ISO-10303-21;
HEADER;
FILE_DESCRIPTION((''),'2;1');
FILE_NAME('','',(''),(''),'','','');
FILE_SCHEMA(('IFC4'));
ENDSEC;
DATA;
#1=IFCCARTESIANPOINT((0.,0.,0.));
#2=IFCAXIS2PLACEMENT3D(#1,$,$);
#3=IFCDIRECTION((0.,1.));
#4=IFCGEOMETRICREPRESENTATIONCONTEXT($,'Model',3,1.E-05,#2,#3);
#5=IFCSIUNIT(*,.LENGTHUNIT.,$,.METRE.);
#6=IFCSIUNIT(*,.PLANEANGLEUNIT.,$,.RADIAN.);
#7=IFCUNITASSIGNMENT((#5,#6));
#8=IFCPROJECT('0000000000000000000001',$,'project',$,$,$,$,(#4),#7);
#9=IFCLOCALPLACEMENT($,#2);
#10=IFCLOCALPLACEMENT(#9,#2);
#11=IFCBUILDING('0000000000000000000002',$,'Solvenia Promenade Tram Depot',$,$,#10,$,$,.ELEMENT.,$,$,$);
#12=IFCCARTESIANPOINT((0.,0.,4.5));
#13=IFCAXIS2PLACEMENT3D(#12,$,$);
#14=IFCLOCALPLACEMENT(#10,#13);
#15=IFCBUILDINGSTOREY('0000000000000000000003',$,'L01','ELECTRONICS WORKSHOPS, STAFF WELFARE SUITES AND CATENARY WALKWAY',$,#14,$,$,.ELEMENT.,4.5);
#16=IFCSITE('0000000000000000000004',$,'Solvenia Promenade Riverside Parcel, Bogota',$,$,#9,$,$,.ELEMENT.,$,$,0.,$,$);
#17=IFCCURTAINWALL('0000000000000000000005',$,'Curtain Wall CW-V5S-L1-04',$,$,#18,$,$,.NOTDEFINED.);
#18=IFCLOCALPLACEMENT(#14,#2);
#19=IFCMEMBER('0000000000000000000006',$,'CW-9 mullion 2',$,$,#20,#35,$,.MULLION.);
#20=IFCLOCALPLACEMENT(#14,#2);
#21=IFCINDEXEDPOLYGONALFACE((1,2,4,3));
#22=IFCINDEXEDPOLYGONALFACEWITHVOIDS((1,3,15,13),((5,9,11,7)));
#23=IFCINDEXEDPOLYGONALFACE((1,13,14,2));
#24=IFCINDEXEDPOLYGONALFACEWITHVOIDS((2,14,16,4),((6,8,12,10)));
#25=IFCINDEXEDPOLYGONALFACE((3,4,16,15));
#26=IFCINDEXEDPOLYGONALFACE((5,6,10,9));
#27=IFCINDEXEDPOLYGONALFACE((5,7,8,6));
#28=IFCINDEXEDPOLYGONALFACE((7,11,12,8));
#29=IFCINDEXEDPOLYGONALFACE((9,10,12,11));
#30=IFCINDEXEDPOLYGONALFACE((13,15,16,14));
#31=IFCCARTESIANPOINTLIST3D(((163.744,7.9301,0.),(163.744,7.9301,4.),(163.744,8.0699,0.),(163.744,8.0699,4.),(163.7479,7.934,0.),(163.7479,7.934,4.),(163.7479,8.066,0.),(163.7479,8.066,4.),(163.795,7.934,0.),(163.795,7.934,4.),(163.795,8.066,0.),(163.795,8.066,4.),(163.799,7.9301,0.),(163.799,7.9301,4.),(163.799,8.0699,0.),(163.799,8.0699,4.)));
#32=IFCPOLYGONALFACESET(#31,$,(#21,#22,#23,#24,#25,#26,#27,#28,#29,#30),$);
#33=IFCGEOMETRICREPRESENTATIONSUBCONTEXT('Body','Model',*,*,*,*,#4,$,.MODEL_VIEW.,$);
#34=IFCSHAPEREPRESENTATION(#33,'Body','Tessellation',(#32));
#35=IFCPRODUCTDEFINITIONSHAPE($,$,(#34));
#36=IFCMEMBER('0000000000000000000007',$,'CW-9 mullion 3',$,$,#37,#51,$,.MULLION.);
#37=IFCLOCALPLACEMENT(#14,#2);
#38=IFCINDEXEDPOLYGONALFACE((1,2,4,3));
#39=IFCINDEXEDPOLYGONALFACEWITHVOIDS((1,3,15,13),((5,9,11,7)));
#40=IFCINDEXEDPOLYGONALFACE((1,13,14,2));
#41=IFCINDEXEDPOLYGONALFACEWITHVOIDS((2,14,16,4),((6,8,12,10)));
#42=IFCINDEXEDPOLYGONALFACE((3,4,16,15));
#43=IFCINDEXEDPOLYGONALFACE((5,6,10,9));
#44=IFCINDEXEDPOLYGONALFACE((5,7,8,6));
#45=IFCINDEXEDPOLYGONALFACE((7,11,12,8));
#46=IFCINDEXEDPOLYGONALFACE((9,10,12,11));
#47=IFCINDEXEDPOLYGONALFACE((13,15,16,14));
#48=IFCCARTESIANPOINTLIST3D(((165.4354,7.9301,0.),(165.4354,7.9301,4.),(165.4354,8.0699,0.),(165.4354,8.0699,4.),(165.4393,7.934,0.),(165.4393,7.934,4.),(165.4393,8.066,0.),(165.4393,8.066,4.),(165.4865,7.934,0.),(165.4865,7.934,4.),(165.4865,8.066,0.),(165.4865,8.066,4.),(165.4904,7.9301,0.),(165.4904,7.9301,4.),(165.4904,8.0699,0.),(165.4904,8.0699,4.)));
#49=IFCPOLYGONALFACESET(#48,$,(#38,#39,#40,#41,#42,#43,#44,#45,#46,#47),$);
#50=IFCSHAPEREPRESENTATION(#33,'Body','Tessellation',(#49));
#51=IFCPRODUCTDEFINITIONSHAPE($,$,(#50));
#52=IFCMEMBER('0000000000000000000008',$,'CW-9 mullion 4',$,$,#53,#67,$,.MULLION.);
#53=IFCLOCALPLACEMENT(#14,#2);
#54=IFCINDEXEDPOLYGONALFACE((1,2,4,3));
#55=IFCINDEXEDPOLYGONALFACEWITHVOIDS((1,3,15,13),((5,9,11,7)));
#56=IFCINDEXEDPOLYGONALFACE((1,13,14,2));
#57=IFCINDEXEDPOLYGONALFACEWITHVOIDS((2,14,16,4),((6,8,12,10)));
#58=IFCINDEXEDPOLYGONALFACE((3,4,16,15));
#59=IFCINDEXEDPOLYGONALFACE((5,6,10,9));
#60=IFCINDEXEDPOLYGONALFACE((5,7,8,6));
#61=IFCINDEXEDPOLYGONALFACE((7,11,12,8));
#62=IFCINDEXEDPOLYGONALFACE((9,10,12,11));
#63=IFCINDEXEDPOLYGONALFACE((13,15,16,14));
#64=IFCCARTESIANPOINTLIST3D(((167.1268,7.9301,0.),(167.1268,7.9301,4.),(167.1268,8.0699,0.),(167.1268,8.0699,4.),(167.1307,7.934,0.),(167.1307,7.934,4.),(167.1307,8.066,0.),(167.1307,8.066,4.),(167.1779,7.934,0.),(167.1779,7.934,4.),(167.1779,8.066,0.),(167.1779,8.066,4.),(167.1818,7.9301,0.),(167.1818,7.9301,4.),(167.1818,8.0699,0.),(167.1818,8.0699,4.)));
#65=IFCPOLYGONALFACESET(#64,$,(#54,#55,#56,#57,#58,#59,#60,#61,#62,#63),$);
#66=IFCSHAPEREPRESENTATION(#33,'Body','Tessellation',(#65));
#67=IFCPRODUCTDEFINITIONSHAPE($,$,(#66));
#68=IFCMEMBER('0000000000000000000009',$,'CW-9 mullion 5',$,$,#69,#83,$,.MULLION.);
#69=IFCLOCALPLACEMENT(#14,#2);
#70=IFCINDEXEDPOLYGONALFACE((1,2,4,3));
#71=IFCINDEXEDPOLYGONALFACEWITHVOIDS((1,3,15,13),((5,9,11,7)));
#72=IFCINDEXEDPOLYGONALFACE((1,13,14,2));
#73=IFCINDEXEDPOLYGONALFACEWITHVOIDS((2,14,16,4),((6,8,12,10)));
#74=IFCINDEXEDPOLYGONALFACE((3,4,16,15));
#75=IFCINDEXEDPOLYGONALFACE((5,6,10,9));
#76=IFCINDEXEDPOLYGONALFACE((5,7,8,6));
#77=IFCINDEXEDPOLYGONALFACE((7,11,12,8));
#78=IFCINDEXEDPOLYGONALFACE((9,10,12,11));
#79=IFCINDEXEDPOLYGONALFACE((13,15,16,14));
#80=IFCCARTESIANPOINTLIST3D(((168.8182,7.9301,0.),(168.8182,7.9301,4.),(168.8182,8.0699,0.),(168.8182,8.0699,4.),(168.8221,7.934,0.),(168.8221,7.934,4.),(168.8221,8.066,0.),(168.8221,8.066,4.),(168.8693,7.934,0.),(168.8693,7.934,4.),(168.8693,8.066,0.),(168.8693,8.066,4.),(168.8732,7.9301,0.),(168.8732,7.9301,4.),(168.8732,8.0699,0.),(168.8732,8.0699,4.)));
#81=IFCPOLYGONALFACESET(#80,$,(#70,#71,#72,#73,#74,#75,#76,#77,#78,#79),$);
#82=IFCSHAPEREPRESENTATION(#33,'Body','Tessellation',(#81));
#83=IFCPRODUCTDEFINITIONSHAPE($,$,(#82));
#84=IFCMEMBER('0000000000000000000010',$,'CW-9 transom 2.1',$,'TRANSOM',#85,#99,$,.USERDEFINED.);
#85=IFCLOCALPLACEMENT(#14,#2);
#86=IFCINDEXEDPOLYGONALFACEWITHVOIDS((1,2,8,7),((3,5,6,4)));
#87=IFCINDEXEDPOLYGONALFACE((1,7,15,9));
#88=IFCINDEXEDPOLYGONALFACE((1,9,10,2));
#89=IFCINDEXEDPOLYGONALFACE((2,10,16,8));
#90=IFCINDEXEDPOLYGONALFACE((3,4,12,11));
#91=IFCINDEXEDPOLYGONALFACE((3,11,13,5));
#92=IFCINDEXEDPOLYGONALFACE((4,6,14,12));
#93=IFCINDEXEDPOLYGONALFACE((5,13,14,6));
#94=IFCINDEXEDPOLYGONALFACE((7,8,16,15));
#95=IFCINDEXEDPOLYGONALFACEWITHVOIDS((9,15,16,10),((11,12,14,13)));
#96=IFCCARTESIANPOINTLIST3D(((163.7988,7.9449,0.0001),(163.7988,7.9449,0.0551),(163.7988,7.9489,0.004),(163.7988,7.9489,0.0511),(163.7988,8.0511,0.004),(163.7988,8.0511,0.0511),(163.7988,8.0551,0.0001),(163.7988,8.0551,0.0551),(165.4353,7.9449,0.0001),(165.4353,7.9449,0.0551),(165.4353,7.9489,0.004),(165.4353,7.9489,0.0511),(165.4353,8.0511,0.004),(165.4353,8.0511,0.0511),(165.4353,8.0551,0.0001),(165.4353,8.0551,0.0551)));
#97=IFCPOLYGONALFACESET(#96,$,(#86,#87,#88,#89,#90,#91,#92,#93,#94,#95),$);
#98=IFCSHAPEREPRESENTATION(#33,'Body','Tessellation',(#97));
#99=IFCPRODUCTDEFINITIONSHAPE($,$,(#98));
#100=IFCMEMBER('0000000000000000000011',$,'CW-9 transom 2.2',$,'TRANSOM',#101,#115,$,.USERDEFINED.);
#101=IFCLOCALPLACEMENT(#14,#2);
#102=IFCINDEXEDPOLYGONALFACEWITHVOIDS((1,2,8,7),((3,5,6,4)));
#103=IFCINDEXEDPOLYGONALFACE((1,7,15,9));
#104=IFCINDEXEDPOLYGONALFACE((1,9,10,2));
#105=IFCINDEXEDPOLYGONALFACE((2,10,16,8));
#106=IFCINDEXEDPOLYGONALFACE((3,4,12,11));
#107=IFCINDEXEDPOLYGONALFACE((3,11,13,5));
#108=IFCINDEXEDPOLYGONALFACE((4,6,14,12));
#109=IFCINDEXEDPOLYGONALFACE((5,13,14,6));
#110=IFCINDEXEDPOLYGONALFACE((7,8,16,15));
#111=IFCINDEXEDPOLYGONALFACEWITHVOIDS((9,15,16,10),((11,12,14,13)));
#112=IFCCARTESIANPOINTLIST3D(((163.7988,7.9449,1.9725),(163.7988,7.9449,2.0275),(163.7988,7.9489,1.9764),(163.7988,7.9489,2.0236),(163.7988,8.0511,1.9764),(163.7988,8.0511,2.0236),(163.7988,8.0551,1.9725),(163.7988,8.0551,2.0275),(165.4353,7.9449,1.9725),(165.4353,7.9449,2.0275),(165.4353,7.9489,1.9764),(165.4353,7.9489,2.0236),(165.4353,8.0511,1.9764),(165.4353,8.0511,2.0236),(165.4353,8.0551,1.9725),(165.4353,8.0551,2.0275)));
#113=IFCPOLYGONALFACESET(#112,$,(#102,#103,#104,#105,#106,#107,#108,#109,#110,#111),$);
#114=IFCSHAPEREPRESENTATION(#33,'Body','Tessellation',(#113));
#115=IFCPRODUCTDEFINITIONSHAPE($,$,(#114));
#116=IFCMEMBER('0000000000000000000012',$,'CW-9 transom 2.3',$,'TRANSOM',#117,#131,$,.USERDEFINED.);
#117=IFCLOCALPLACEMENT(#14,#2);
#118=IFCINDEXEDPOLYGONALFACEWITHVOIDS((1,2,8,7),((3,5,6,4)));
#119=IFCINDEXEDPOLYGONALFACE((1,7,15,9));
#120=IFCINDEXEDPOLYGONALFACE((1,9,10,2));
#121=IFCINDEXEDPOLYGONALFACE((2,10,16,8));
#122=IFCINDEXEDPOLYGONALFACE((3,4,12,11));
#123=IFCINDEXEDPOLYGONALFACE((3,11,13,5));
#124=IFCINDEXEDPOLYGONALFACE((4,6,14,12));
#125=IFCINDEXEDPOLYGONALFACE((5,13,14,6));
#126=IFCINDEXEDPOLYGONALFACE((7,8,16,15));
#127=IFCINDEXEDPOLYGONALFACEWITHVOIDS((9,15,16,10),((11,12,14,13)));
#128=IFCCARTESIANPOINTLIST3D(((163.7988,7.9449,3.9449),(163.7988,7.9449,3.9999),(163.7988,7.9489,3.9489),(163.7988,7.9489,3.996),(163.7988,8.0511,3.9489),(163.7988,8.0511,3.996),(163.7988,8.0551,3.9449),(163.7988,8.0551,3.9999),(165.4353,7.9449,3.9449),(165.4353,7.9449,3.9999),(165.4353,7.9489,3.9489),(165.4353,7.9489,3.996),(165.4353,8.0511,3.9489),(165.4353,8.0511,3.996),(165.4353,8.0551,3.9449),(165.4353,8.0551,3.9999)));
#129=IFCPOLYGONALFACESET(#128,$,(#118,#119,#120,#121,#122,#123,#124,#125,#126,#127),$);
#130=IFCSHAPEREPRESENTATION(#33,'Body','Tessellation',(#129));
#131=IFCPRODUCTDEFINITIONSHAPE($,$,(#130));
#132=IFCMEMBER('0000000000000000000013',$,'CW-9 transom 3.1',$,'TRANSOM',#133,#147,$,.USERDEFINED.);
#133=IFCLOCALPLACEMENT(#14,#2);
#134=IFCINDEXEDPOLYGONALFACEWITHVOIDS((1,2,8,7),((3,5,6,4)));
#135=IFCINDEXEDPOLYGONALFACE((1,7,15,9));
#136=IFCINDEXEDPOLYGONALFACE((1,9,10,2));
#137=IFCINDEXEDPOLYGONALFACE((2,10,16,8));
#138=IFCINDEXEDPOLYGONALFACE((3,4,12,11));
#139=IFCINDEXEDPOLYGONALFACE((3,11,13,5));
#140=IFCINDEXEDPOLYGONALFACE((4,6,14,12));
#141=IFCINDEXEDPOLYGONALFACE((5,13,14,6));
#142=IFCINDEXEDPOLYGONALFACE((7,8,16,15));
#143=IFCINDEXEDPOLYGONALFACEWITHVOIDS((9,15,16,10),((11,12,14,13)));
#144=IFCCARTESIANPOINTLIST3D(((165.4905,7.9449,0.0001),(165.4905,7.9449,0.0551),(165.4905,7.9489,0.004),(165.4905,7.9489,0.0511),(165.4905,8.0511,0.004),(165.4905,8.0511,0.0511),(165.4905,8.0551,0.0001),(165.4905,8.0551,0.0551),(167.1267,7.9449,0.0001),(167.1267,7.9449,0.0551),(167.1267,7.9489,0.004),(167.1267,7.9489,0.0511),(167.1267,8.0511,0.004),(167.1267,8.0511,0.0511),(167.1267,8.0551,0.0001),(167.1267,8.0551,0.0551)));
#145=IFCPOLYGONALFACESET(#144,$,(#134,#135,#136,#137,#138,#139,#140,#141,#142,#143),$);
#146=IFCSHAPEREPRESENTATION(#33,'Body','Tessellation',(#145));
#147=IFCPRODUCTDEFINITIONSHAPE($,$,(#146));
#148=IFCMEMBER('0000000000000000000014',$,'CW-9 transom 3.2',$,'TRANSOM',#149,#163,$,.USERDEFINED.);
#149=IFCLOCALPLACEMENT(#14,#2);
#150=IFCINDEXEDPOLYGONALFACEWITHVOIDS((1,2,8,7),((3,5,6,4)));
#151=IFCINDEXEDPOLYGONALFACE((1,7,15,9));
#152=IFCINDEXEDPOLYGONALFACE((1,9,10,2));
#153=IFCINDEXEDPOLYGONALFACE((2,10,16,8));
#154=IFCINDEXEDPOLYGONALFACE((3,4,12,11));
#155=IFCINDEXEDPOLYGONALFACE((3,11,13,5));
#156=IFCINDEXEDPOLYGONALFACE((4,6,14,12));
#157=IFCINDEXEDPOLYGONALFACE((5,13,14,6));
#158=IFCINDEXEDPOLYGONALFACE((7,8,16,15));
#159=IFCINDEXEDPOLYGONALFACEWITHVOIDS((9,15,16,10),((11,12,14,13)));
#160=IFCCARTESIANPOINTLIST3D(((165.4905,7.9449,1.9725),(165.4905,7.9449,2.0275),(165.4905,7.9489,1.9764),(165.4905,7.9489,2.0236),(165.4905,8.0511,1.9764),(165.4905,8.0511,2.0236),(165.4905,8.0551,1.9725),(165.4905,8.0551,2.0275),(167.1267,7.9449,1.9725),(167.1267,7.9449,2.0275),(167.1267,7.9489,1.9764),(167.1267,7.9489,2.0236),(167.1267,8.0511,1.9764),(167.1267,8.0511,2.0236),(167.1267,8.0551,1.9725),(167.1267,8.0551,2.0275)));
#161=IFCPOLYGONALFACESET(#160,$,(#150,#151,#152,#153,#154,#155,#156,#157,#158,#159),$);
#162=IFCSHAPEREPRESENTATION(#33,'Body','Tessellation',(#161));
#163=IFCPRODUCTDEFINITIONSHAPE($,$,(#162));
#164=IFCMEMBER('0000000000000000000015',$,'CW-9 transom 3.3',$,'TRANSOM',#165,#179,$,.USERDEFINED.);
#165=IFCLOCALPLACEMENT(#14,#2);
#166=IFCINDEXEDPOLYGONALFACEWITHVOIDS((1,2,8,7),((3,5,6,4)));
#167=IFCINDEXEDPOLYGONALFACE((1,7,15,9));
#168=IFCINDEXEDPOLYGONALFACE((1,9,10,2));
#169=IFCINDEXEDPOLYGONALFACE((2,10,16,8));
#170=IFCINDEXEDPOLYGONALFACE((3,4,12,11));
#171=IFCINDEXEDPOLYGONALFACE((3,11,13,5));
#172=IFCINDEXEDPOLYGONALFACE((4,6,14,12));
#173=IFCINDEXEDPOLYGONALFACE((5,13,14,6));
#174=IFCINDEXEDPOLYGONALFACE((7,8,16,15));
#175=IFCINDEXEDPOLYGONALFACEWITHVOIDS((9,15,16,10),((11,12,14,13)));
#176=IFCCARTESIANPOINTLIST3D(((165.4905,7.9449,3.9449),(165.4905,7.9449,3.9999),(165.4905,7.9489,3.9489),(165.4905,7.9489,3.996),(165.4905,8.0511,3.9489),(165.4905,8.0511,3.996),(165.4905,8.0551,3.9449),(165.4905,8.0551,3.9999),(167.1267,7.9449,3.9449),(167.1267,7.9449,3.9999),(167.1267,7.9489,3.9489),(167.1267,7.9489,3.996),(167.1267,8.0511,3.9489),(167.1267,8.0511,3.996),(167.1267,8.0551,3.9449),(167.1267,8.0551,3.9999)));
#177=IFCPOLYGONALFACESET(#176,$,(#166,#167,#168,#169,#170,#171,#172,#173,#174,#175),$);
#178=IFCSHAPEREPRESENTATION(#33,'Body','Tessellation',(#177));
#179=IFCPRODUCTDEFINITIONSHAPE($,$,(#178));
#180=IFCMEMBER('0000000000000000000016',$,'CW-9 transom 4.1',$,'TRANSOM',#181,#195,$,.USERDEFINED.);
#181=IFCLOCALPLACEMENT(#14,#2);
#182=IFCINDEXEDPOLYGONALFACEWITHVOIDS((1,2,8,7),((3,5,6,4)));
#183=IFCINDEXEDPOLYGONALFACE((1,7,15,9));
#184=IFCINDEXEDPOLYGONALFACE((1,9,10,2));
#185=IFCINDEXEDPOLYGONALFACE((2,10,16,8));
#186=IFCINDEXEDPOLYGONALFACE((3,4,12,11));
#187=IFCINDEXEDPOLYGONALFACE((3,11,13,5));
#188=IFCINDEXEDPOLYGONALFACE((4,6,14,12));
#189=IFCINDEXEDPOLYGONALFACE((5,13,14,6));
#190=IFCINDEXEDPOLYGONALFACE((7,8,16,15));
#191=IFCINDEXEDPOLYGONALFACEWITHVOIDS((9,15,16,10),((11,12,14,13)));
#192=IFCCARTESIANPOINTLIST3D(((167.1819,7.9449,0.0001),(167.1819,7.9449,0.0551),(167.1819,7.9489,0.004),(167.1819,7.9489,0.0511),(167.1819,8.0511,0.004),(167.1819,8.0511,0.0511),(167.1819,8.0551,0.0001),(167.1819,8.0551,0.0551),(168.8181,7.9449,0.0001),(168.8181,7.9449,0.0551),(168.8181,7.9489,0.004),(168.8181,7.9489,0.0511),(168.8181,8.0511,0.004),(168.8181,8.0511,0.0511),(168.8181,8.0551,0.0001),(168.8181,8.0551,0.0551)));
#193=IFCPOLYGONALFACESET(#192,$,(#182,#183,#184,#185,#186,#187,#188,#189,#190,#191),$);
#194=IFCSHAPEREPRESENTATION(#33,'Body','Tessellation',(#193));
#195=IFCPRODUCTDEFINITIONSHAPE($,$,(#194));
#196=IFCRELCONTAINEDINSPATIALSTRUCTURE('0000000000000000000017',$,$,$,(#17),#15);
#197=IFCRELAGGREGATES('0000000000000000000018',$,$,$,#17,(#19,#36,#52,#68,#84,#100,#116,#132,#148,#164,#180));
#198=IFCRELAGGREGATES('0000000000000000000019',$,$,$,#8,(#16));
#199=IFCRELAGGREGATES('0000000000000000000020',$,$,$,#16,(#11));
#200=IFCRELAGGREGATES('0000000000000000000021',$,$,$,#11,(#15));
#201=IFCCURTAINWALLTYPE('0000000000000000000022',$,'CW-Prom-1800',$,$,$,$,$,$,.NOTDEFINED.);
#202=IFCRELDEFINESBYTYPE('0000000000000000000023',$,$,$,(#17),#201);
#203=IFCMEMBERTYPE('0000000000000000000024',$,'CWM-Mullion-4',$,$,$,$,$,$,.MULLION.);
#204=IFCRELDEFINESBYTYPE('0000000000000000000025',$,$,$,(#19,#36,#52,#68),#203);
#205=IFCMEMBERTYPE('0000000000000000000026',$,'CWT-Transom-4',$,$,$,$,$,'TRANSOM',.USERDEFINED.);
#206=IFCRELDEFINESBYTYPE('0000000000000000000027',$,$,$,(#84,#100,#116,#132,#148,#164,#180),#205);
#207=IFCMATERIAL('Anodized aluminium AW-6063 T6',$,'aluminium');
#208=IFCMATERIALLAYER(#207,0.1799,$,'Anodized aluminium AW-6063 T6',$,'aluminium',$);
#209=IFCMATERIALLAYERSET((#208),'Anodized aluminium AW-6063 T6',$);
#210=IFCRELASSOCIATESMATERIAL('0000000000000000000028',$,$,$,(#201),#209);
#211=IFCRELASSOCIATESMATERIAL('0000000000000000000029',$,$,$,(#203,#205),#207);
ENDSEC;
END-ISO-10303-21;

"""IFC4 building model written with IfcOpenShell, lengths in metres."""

from ifc_helpers import new_model, si_unit, direction, frame, origin, origin_2d, place, context, subcontext, project, spatial, hollow_rectangle, extrude, material, layer, layer_set, material_profile, profile_set, type_object, element, aggregate, save


model = new_model("IFC4")

# Units and contexts
model_context = context("Model", 3, precision=1e-05, world=origin(), true_north=direction((0.0, 1.0)))
body_context = subcontext(model_context, "Body", "Model", "MODEL_VIEW")
ifc_project = project(units=[si_unit("LENGTHUNIT", "METRE"), si_unit("PLANEANGLEUNIT", "RADIAN")], contexts=[model_context])

# Site, building, storey
site_placement = place(None, origin())
site = spatial("IfcSite", under=ifc_project, at=site_placement, Name="Solvenia Promenade Riverside Parcel, Bogota", CompositionType="ELEMENT", RefElevation=0.0)
building_placement = place(site_placement, origin())
building = spatial("IfcBuilding", under=site, at=building_placement, Name="Solvenia Promenade Tram Depot", CompositionType="ELEMENT")
storey_placement = place(building_placement, frame((0.0, 0.0, 4.5)))
storey = spatial("IfcBuildingStorey", under=building, at=storey_placement, Name="L01", Description="ELECTRONICS WORKSHOPS, STAFF WELFARE SUITES AND CATENARY WALKWAY", CompositionType="ELEMENT", Elevation=4.5)

# Curtain wall, members
ifc_material_1 = material(Name="Anodized aluminium AW-6063 T6", Category="aluminium")
ifc_layer_1 = layer(ifc_material_1, 0.1799, Name="Anodized aluminium AW-6063 T6", Category="aluminium")
ifc_layer_set_1 = layer_set([ifc_layer_1], Name="Anodized aluminium AW-6063 T6")
curtain_wall_type = type_object("IfcCurtainWallType", Name="CW-Prom-1800", PredefinedType="NOTDEFINED", material=ifc_layer_set_1)
curtain_wall_placement = place(storey_placement, origin())
curtain_wall = element("IfcCurtainWall", 1, at=curtain_wall_placement, inside=storey, type_object=curtain_wall_type, Name="Curtain Wall CW-V5S-L1-04", PredefinedType="NOTDEFINED")
ifc_material_profile_1 = material_profile(ifc_material_1, hollow_rectangle(XDim=0.1399, YDim=0.0549, WallThickness=0.0039, at=origin_2d()), Name="ALU-M4", Category="aluminium")
ifc_profile_set_1 = profile_set([ifc_material_profile_1], Name="Anodized aluminium AW-6063 T6")
member_type_1 = type_object("IfcMemberType", Name="CWM-Mullion-4", PredefinedType="MULLION", material=ifc_profile_set_1)
member_1_placement = place(storey_placement, frame((163.7715, 8.0, 0.0), z_axis=(0.0, 0.0, 1.0), x_axis=(0.0, 1.0, 0.0)))
member_1 = element("IfcMember", 2, at=member_1_placement, type_object=member_type_1, Name="CW-9 mullion 2", PredefinedType="MULLION", context=body_context, shape_type="SweptSolid", body=[
    extrude(hollow_rectangle(XDim=0.1399, YDim=0.0549, WallThickness=0.0039, at=origin_2d()), origin(), (0.0, 0.0, 1.0), 4.0),
])
member_2_placement = place(storey_placement, frame((165.4629, 8.0, 0.0), z_axis=(0.0, 0.0, 1.0), x_axis=(0.0, 1.0, 0.0)))
member_2 = element("IfcMember", 3, at=member_2_placement, type_object=member_type_1, Name="CW-9 mullion 3", PredefinedType="MULLION", context=body_context, shape_type="SweptSolid", body=[
    extrude(hollow_rectangle(XDim=0.1399, YDim=0.0549, WallThickness=0.0039, at=origin_2d()), origin(), (0.0, 0.0, 1.0), 4.0),
])
member_3_placement = place(storey_placement, frame((167.1543, 8.0, 0.0), z_axis=(0.0, 0.0, 1.0), x_axis=(0.0, 1.0, 0.0)))
member_3 = element("IfcMember", 4, at=member_3_placement, type_object=member_type_1, Name="CW-9 mullion 4", PredefinedType="MULLION", context=body_context, shape_type="SweptSolid", body=[
    extrude(hollow_rectangle(XDim=0.1399, YDim=0.0549, WallThickness=0.0039, at=origin_2d()), origin(), (0.0, 0.0, 1.0), 4.0),
])
member_4_placement = place(storey_placement, frame((168.8457, 8.0, 0.0), z_axis=(0.0, 0.0, 1.0), x_axis=(0.0, 1.0, 0.0)))
member_4 = element("IfcMember", 5, at=member_4_placement, type_object=member_type_1, Name="CW-9 mullion 5", PredefinedType="MULLION", context=body_context, shape_type="SweptSolid", body=[
    extrude(hollow_rectangle(XDim=0.1399, YDim=0.0549, WallThickness=0.0039, at=origin_2d()), origin(), (0.0, 0.0, 1.0), 4.0),
])
ifc_material_profile_2 = material_profile(ifc_material_1, hollow_rectangle(XDim=0.1101, YDim=0.0549, WallThickness=0.0039, at=origin_2d()), Name="ALU-T4", Category="aluminium")
ifc_profile_set_2 = profile_set([ifc_material_profile_2], Name="Anodized aluminium AW-6063 T6")
member_type_2 = type_object("IfcMemberType", Name="CWT-Transom-4", ElementType="TRANSOM", PredefinedType="USERDEFINED", material=ifc_profile_set_2)
member_5_placement = place(storey_placement, frame((163.7988, 8.0, 0.0276), z_axis=(1.0, 0.0, 0.0), x_axis=(0.0, 1.0, 0.0)))
member_5 = element("IfcMember", 6, at=member_5_placement, type_object=member_type_2, Name="CW-9 transom 2.1", ObjectType="TRANSOM", PredefinedType="USERDEFINED", context=body_context, shape_type="SweptSolid", body=[
    extrude(hollow_rectangle(XDim=0.1101, YDim=0.0549, WallThickness=0.0039, at=origin_2d()), origin(), (0.0, 0.0, 1.0), 1.6365),
])
member_6_placement = place(storey_placement, frame((163.7988, 8.0, 2.0), z_axis=(1.0, 0.0, 0.0), x_axis=(0.0, 1.0, 0.0)))
member_6 = element("IfcMember", 7, at=member_6_placement, type_object=member_type_2, Name="CW-9 transom 2.2", ObjectType="TRANSOM", PredefinedType="USERDEFINED", context=body_context, shape_type="SweptSolid", body=[
    extrude(hollow_rectangle(XDim=0.1101, YDim=0.0549, WallThickness=0.0039, at=origin_2d()), origin(), (0.0, 0.0, 1.0), 1.6365),
])
member_7_placement = place(storey_placement, frame((163.7988, 8.0, 3.9724), z_axis=(1.0, 0.0, 0.0), x_axis=(0.0, 1.0, 0.0)))
member_7 = element("IfcMember", 8, at=member_7_placement, type_object=member_type_2, Name="CW-9 transom 2.3", ObjectType="TRANSOM", PredefinedType="USERDEFINED", context=body_context, shape_type="SweptSolid", body=[
    extrude(hollow_rectangle(XDim=0.1101, YDim=0.0549, WallThickness=0.0039, at=origin_2d()), origin(), (0.0, 0.0, 1.0), 1.6365),
])
member_8_placement = place(storey_placement, frame((165.4905, 8.0, 0.0276), z_axis=(1.0, 0.0, 0.0), x_axis=(0.0, 1.0, 0.0)))
member_8 = element("IfcMember", 9, at=member_8_placement, type_object=member_type_2, Name="CW-9 transom 3.1", ObjectType="TRANSOM", PredefinedType="USERDEFINED", context=body_context, shape_type="SweptSolid", body=[
    extrude(hollow_rectangle(XDim=0.1101, YDim=0.0549, WallThickness=0.0039, at=origin_2d()), origin(), (0.0, 0.0, 1.0), 1.6362),
])
member_9_placement = place(storey_placement, frame((165.4905, 8.0, 2.0), z_axis=(1.0, 0.0, 0.0), x_axis=(0.0, 1.0, 0.0)))
member_9 = element("IfcMember", 10, at=member_9_placement, type_object=member_type_2, Name="CW-9 transom 3.2", ObjectType="TRANSOM", PredefinedType="USERDEFINED", context=body_context, shape_type="SweptSolid", body=[
    extrude(hollow_rectangle(XDim=0.1101, YDim=0.0549, WallThickness=0.0039, at=origin_2d()), origin(), (0.0, 0.0, 1.0), 1.6362),
])
member_10_placement = place(storey_placement, frame((165.4905, 8.0, 3.9724), z_axis=(1.0, 0.0, 0.0), x_axis=(0.0, 1.0, 0.0)))
member_10 = element("IfcMember", 11, at=member_10_placement, type_object=member_type_2, Name="CW-9 transom 3.3", ObjectType="TRANSOM", PredefinedType="USERDEFINED", context=body_context, shape_type="SweptSolid", body=[
    extrude(hollow_rectangle(XDim=0.1101, YDim=0.0549, WallThickness=0.0039, at=origin_2d()), origin(), (0.0, 0.0, 1.0), 1.6362),
])
member_11_placement = place(storey_placement, frame((167.1819, 8.0, 0.0276), z_axis=(1.0, 0.0, 0.0), x_axis=(0.0, 1.0, 0.0)))
member_11 = element("IfcMember", 12, at=member_11_placement, type_object=member_type_2, Name="CW-9 transom 4.1", ObjectType="TRANSOM", PredefinedType="USERDEFINED", context=body_context, shape_type="SweptSolid", body=[
    extrude(hollow_rectangle(XDim=0.1101, YDim=0.0549, WallThickness=0.0039, at=origin_2d()), origin(), (0.0, 0.0, 1.0), 1.6362),
])
aggregate(curtain_wall, [member_1, member_2, member_3, member_4, member_5, member_6, member_7, member_8, member_9, member_10, member_11])

save(model, "model.ifc")
